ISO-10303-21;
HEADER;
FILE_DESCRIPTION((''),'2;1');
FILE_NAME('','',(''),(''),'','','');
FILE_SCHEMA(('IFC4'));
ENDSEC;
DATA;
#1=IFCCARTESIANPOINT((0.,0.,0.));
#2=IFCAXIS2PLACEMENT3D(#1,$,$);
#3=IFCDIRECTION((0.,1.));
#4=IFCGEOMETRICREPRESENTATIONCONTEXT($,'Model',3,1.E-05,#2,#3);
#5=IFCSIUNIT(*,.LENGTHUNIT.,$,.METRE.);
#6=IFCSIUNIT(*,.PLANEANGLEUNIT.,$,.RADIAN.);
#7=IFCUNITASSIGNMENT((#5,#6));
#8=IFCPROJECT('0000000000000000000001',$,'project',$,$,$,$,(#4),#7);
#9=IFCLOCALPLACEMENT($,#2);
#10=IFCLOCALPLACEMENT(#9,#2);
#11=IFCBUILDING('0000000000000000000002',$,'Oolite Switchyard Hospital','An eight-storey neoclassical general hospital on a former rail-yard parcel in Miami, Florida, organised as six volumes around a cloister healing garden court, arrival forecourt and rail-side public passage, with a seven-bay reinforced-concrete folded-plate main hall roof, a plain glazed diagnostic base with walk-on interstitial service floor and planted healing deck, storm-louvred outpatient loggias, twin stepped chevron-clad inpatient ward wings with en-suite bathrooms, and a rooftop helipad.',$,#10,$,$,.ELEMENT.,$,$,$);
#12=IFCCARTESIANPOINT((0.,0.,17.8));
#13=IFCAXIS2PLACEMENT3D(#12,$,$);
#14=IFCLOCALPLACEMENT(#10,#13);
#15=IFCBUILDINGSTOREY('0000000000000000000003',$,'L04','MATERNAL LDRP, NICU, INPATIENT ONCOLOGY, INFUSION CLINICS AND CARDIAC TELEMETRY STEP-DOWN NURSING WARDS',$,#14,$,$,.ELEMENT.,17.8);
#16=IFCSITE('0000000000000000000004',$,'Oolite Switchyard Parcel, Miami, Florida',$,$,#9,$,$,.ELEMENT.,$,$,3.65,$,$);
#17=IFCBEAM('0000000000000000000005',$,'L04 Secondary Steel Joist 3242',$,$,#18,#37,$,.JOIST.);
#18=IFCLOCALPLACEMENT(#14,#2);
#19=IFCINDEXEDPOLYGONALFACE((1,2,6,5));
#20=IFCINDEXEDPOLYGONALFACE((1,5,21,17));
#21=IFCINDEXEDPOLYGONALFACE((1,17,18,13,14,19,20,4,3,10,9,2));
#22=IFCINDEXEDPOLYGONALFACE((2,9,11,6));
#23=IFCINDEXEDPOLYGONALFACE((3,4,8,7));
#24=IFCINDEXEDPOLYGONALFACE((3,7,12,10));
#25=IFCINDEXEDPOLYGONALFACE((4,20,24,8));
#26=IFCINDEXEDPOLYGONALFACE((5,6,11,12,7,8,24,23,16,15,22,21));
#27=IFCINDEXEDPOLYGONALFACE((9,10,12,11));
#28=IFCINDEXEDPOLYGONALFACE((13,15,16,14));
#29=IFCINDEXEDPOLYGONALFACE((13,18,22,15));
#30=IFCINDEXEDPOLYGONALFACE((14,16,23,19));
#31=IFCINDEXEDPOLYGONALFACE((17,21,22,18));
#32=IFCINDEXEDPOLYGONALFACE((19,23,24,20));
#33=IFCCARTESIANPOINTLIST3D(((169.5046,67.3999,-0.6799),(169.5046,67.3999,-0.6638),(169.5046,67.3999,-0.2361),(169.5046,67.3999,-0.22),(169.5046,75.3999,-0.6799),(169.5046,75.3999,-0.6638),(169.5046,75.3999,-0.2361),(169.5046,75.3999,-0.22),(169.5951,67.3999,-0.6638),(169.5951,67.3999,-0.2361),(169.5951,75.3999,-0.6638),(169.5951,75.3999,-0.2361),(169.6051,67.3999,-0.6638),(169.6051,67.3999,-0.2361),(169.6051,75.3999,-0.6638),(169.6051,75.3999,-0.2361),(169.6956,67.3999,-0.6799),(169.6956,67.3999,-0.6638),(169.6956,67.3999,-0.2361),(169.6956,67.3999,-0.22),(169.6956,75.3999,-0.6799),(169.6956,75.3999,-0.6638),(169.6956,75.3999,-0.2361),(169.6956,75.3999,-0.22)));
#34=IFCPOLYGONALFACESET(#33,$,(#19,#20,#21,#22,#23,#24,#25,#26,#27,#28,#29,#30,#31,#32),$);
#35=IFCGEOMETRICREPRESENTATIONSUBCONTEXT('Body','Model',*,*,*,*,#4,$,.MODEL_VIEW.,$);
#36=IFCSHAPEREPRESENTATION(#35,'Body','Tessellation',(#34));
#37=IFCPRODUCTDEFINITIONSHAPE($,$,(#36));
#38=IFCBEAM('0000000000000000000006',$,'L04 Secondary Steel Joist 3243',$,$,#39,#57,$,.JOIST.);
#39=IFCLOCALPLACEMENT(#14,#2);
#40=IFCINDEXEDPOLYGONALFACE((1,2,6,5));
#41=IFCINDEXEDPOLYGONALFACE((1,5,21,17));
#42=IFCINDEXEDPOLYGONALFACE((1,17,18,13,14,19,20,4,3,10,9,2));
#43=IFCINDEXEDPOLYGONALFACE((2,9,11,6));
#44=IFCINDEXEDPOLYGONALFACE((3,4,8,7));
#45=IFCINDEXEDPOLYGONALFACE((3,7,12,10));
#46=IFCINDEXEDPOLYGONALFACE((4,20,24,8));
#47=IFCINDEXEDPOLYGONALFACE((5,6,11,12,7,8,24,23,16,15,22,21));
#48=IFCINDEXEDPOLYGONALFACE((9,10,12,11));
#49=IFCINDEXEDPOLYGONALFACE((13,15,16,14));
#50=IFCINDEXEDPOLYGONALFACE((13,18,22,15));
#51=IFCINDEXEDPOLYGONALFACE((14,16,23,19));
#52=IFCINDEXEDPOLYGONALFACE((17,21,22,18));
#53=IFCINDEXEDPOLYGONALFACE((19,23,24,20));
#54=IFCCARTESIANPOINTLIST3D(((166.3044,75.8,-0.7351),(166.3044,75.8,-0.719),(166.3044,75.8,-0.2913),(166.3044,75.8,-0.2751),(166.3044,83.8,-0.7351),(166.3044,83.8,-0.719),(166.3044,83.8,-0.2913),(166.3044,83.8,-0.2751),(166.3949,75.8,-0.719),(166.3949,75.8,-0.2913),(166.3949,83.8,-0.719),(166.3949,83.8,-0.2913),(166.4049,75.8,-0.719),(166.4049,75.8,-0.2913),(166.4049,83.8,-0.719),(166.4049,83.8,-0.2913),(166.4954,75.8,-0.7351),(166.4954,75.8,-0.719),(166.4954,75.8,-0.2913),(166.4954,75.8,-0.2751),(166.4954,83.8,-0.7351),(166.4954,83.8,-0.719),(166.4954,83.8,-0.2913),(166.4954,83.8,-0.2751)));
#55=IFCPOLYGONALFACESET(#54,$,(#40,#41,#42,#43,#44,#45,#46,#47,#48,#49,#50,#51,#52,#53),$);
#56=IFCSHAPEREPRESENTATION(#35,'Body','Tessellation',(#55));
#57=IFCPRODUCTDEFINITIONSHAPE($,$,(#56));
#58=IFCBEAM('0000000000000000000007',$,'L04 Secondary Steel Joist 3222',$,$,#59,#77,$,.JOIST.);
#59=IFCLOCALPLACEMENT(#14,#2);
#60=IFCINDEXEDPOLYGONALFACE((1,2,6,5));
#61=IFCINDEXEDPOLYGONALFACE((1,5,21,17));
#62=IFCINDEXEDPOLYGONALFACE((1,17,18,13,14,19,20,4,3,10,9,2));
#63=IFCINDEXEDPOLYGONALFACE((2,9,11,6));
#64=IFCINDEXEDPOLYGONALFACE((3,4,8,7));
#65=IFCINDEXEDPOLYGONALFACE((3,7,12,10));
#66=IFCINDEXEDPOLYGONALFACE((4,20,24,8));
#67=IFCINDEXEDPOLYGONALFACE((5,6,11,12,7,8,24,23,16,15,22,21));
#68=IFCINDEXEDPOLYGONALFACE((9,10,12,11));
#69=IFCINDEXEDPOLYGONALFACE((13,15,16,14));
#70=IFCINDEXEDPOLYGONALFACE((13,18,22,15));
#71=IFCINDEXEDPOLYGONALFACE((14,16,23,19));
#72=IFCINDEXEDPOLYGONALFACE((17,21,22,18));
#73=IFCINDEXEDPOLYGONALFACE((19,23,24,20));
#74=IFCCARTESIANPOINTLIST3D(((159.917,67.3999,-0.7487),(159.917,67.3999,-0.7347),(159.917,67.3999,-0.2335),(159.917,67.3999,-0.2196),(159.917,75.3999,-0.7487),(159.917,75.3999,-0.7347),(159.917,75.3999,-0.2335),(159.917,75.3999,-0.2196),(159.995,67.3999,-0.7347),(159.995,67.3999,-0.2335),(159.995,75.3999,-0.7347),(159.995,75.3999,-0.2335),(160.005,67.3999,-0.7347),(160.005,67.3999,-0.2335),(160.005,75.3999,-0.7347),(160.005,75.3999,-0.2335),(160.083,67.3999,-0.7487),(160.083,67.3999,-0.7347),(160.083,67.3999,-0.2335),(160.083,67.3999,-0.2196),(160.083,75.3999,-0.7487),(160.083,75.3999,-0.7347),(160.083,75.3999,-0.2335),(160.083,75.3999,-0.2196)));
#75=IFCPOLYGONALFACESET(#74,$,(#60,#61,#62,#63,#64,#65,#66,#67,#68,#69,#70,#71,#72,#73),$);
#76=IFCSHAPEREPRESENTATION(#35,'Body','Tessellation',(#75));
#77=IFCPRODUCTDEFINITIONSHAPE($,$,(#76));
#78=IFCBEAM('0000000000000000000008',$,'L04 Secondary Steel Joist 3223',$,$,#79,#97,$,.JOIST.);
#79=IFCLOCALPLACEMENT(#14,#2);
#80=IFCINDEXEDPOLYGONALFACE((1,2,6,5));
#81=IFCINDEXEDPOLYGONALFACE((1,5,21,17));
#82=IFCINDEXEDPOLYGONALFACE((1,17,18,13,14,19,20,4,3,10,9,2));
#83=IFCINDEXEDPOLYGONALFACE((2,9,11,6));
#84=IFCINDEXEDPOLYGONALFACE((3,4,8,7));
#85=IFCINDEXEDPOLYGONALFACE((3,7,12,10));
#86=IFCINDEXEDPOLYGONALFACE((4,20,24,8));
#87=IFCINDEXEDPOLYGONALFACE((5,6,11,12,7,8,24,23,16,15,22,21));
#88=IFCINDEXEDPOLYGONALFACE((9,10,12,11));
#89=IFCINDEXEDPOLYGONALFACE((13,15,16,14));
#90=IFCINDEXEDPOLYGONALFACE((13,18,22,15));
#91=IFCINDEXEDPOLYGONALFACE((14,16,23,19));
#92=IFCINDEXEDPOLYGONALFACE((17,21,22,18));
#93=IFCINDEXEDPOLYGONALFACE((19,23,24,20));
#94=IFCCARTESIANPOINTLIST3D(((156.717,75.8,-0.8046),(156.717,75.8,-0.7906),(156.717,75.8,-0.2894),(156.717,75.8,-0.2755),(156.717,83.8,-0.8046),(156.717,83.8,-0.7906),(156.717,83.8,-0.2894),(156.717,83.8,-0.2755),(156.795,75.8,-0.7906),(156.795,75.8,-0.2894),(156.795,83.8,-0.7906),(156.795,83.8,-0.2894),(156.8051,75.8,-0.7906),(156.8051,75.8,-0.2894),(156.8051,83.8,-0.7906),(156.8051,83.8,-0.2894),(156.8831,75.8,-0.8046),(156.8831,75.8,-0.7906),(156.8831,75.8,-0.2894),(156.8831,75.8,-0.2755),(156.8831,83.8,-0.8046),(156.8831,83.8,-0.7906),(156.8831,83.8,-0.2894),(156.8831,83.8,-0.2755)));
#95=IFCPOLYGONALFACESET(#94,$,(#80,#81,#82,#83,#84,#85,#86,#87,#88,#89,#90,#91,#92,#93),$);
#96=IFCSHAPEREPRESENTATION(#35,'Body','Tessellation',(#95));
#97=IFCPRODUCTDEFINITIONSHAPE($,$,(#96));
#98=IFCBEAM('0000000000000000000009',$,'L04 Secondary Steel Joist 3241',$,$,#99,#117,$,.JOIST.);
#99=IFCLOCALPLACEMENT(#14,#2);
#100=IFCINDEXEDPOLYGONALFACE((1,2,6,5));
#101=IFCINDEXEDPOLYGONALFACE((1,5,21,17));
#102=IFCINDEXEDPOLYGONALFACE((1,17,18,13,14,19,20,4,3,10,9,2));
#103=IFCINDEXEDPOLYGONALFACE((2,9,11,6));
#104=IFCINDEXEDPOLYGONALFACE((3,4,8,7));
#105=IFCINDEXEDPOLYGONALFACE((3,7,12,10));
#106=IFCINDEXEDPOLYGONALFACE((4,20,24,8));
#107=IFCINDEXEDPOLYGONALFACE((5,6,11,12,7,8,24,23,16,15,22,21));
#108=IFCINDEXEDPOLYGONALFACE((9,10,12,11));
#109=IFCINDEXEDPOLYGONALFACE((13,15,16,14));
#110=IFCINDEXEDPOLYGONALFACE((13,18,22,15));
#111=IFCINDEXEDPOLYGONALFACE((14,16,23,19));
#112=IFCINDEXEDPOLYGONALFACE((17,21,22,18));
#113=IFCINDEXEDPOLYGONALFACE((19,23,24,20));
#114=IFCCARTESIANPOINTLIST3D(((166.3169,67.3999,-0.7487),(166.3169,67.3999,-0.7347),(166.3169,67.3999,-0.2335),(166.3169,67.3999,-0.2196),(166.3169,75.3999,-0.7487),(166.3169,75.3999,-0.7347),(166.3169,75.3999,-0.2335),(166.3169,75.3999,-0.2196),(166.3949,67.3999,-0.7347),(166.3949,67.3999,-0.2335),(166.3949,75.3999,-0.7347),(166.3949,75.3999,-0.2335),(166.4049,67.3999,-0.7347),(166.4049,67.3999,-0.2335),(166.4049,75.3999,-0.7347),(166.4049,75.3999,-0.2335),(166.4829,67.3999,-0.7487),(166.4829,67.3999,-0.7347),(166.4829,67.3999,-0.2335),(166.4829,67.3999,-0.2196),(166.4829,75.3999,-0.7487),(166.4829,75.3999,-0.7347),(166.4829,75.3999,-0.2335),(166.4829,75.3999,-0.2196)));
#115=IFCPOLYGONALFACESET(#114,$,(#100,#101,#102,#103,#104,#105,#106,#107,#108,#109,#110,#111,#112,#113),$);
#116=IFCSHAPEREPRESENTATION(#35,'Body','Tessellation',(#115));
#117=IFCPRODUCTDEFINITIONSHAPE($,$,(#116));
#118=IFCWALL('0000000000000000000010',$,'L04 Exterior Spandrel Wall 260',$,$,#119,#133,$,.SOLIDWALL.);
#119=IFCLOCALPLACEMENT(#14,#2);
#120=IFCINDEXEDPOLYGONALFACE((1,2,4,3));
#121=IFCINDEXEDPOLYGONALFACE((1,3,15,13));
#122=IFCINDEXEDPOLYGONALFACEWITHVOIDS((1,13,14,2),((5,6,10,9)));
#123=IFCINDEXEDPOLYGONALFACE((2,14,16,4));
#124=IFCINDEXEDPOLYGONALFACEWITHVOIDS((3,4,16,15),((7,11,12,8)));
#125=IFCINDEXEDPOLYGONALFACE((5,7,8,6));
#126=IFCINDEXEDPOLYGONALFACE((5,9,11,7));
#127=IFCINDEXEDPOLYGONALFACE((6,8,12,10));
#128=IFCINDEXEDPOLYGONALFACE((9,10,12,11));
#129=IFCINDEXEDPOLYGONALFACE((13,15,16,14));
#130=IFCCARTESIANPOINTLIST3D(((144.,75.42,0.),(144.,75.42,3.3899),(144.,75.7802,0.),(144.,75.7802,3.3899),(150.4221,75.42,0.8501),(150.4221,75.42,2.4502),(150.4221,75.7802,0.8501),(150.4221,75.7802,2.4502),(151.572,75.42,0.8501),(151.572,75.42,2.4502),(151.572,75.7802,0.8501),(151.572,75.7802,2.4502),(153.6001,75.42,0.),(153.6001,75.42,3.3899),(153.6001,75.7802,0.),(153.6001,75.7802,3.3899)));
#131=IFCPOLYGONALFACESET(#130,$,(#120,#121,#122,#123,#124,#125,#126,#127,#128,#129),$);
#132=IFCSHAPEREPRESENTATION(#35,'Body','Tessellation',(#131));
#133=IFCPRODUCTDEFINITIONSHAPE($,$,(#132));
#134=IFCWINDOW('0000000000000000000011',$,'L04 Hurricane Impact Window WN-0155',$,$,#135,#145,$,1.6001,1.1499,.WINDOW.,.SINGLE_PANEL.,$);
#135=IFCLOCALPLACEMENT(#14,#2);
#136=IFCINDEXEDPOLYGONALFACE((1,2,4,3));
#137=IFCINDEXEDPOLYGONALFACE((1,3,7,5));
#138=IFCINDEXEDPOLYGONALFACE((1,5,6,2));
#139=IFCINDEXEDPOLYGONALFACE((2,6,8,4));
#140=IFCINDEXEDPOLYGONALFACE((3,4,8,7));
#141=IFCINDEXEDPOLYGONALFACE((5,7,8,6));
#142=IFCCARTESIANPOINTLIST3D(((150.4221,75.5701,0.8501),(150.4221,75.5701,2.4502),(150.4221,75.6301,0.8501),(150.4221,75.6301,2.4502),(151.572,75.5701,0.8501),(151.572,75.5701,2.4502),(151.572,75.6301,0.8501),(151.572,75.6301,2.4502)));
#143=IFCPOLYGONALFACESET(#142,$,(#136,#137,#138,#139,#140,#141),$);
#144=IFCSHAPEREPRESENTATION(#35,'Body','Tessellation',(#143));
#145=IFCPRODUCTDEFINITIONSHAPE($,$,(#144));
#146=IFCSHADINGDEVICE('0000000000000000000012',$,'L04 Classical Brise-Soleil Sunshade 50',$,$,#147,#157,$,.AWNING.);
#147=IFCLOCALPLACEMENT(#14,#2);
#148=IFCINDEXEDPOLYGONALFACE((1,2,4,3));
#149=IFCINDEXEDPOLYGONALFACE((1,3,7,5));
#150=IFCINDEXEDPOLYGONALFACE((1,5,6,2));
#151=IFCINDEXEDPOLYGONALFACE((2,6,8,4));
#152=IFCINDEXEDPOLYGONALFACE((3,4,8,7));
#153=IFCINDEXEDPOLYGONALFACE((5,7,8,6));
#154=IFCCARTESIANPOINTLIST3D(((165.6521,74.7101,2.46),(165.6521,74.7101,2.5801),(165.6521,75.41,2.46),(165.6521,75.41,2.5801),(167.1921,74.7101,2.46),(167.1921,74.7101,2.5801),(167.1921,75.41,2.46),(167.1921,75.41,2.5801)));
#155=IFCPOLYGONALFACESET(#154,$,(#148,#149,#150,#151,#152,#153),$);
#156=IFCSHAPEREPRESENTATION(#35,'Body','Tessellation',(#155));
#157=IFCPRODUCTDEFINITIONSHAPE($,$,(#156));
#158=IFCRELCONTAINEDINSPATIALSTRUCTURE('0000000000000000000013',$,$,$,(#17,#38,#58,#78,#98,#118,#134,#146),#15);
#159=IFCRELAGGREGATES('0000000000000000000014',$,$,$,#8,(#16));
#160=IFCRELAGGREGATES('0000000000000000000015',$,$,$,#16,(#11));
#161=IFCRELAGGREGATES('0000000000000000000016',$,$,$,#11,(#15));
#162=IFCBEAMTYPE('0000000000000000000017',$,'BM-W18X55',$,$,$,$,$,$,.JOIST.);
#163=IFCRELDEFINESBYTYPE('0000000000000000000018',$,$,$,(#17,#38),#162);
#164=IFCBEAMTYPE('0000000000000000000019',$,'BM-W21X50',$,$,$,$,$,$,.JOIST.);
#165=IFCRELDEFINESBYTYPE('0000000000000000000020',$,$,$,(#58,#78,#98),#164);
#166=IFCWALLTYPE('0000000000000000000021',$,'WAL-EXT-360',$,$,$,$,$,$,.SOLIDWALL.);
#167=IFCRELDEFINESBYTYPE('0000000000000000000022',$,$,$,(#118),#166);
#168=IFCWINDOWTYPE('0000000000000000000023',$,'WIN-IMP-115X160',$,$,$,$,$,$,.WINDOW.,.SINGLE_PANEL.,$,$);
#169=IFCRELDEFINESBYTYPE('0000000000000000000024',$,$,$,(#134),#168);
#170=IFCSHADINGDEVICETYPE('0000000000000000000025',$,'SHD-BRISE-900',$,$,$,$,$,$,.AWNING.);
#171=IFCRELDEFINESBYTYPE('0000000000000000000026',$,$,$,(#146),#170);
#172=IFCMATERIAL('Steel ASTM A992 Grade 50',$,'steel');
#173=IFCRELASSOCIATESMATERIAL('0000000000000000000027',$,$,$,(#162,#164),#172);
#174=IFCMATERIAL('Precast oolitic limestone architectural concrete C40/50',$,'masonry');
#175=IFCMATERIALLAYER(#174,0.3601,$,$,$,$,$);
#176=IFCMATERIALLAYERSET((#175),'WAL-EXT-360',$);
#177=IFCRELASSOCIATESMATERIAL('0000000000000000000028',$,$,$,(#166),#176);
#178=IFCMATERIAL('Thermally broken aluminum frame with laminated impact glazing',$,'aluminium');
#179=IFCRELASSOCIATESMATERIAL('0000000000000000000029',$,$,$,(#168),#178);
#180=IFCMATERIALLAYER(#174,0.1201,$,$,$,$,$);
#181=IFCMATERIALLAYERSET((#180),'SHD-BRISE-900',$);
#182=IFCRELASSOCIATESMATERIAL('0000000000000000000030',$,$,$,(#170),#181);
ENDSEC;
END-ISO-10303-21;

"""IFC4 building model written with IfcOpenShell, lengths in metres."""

from ifc_helpers import new_model, si_unit, direction, frame, frame_2d, origin, origin_2d, place, context, subcontext, project, spatial, rectangle, i_section, extrude, material, layer, layer_set, material_profile, profile_set, type_object, element, fill, save


model = new_model("IFC4")

# Units and contexts
model_context = context("Model", 3, precision=1e-05, world=origin(), true_north=direction((0.0, 1.0)))
body_context = subcontext(model_context, "Body", "Model", "MODEL_VIEW")
ifc_project = project(units=[si_unit("LENGTHUNIT", "METRE"), si_unit("PLANEANGLEUNIT", "RADIAN")], contexts=[model_context])

# Site, building, storey
site_placement = place(None, origin())
site = spatial("IfcSite", under=ifc_project, at=site_placement, Name="Oolite Switchyard Parcel, Miami, Florida", CompositionType="ELEMENT", RefElevation=3.65)
building_placement = place(site_placement, origin())
building = spatial("IfcBuilding", under=site, at=building_placement, Name="Oolite Switchyard Hospital", Description="An eight-storey neoclassical general hospital on a former rail-yard parcel in Miami, Florida, organised as six volumes around a cloister healing garden court, arrival forecourt and rail-side public passage, with a seven-bay reinforced-concrete folded-plate main hall roof, a plain glazed diagnostic base with walk-on interstitial service floor and planted healing deck, storm-louvred outpatient loggias, twin stepped chevron-clad inpatient ward wings with en-suite bathrooms, and a rooftop helipad.", CompositionType="ELEMENT")
storey_placement = place(building_placement, frame((0.0, 0.0, 17.8)))
storey = spatial("IfcBuildingStorey", under=building, at=storey_placement, Name="L04", Description="MATERNAL LDRP, NICU, INPATIENT ONCOLOGY, INFUSION CLINICS AND CARDIAC TELEMETRY STEP-DOWN NURSING WARDS", CompositionType="ELEMENT", Elevation=17.8)

# Beams
ifc_material_1 = material(Name="Steel ASTM A992 Grade 50", Category="steel")
ifc_material_profile_1 = material_profile(ifc_material_1, i_section(OverallWidth=0.1909, OverallDepth=0.46, WebThickness=0.01, FlangeThickness=0.0161, at=origin_2d()), Name="W18X55")
ifc_profile_set_1 = profile_set([ifc_material_profile_1], Name="Steel ASTM A992 Grade 50")
beam_type_1 = type_object("IfcBeamType", Name="BM-W18X55", PredefinedType="JOIST", material=ifc_profile_set_1)
for number, where, z_axis, x_axis, name in (
    (1, (169.6001, 67.3999, -0.45), (0.0, 1.0, 0.0), (-1.0, 0.0, 0.0), "L04 Secondary Steel Joist 3242"),
    (2, (166.3999, 75.8, -0.5051), (0.0, 1.0, 0.0), (-1.0, 0.0, 0.0), "L04 Secondary Steel Joist 3243"),
):
    element("IfcBeam", number, at=place(storey_placement, frame(where, z_axis=z_axis, x_axis=x_axis)), inside=storey, type_object=beam_type_1, Name=name, PredefinedType="JOIST", context=body_context, shape_type="SweptSolid", body=[
        extrude(i_section(OverallWidth=0.1909, OverallDepth=0.46, WebThickness=0.01, FlangeThickness=0.0161, at=origin_2d()), origin(), (0.0, 0.0, 1.0), 8.0),
    ])
ifc_material_profile_2 = material_profile(ifc_material_1, i_section(OverallWidth=0.166, OverallDepth=0.5291, WebThickness=0.01, FlangeThickness=0.0139, at=origin_2d()), Name="W21X50")
ifc_profile_set_2 = profile_set([ifc_material_profile_2], Name="Steel ASTM A992 Grade 50")
beam_type_2 = type_object("IfcBeamType", Name="BM-W21X50", PredefinedType="JOIST", material=ifc_profile_set_2)
for number, where, z_axis, x_axis, name in (
    (3, (160.0, 67.3999, -0.4841), (0.0, 1.0, 0.0), (-1.0, 0.0, 0.0), "L04 Secondary Steel Joist 3222"),
    (4, (156.8, 75.8, -0.54), (0.0, 1.0, 0.0), (-1.0, 0.0, 0.0), "L04 Secondary Steel Joist 3223"),
    (5, (166.3999, 67.3999, -0.4841), (0.0, 1.0, 0.0), (-1.0, 0.0, 0.0), "L04 Secondary Steel Joist 3241"),
):
    element("IfcBeam", number, at=place(storey_placement, frame(where, z_axis=z_axis, x_axis=x_axis)), inside=storey, type_object=beam_type_2, Name=name, PredefinedType="JOIST", context=body_context, shape_type="SweptSolid", body=[
        extrude(i_section(OverallWidth=0.166, OverallDepth=0.5291, WebThickness=0.01, FlangeThickness=0.0139, at=origin_2d()), origin(), (0.0, 0.0, 1.0), 8.0),
    ])

# Wall, opening, window
ifc_material_2 = material(Name="Precast oolitic limestone architectural concrete C40/50", Category="masonry")
ifc_layer_1 = layer(ifc_material_2, 0.3601)
ifc_layer_set_1 = layer_set([ifc_layer_1], Name="WAL-EXT-360")
wall_type = type_object("IfcWallType", Name="WAL-EXT-360", PredefinedType="SOLIDWALL", material=ifc_layer_set_1)
wall_placement = place(storey_placement, frame((153.6001, 75.6001, 0.0), z_axis=(0.0, 0.0, 1.0), x_axis=(-1.0, 0.0, 0.0)))
wall = element("IfcWall", 6, at=wall_placement, inside=storey, type_object=wall_type, Name="L04 Exterior Spandrel Wall 260", PredefinedType="SOLIDWALL", context=body_context, shape_type="SweptSolid", body=[
    extrude(rectangle(XDim=9.6001, YDim=0.3601, at=frame_2d((4.8, 0.0))), origin(), (0.0, 0.0, 1.0), 3.3899),
])
opening_placement = place(wall_placement, frame((2.0281, 0.0, 0.8501)))
opening = element("IfcOpeningElement", 7, at=opening_placement, cuts=wall, PredefinedType="OPENING", context=body_context, shape_type="SweptSolid", body=[
    extrude(rectangle(XDim=1.1499, YDim=1.6001, at=frame_2d((0.575, 0.8))), frame((0.0, 0.1899, 0.0), z_axis=(0.0, -1.0, 0.0), x_axis=(1.0, 0.0, 0.0)), (0.0, 0.0, 1.0), 0.3801),
])
ifc_material_3 = material(Name="Thermally broken aluminum frame with laminated impact glazing", Category="aluminium")
window_type = type_object("IfcWindowType", Name="WIN-IMP-115X160", PartitioningType="SINGLE_PANEL", PredefinedType="WINDOW", material=ifc_material_3)
window_placement = place(opening_placement, origin())
window = element("IfcWindow", 8, at=window_placement, inside=storey, type_object=window_type, Name="L04 Hurricane Impact Window WN-0155", OverallHeight=1.6001, OverallWidth=1.1499, PartitioningType="SINGLE_PANEL", PredefinedType="WINDOW", context=body_context, shape_type="SweptSolid", body=[
    extrude(rectangle(XDim=1.1499, YDim=1.6001, at=frame_2d((0.575, 0.8))), frame((0.0, 0.03, 0.0), z_axis=(0.0, -1.0, 0.0), x_axis=(1.0, 0.0, 0.0)), (0.0, 0.0, 1.0), 0.0601),
])
fill(opening, window)

# Shading device
ifc_layer_2 = layer(ifc_material_2, 0.1201)
ifc_layer_set_2 = layer_set([ifc_layer_2], Name="SHD-BRISE-900")
shading_device_type = type_object("IfcShadingDeviceType", Name="SHD-BRISE-900", PredefinedType="AWNING", material=ifc_layer_set_2)
shading_device_placement = place(storey_placement, frame((166.4221, 75.0601, 2.46), z_axis=(0.0, 0.0, 1.0), x_axis=(1.0, 0.0, 0.0)))
element("IfcShadingDevice", 9, at=shading_device_placement, inside=storey, type_object=shading_device_type, Name="L04 Classical Brise-Soleil Sunshade 50", PredefinedType="AWNING", context=body_context, shape_type="SweptSolid", body=[
    extrude(rectangle(XDim=1.54, YDim=0.7, at=origin_2d()), origin(), (0.0, 0.0, 1.0), 0.1201),
])

save(model, "model.ifc")
